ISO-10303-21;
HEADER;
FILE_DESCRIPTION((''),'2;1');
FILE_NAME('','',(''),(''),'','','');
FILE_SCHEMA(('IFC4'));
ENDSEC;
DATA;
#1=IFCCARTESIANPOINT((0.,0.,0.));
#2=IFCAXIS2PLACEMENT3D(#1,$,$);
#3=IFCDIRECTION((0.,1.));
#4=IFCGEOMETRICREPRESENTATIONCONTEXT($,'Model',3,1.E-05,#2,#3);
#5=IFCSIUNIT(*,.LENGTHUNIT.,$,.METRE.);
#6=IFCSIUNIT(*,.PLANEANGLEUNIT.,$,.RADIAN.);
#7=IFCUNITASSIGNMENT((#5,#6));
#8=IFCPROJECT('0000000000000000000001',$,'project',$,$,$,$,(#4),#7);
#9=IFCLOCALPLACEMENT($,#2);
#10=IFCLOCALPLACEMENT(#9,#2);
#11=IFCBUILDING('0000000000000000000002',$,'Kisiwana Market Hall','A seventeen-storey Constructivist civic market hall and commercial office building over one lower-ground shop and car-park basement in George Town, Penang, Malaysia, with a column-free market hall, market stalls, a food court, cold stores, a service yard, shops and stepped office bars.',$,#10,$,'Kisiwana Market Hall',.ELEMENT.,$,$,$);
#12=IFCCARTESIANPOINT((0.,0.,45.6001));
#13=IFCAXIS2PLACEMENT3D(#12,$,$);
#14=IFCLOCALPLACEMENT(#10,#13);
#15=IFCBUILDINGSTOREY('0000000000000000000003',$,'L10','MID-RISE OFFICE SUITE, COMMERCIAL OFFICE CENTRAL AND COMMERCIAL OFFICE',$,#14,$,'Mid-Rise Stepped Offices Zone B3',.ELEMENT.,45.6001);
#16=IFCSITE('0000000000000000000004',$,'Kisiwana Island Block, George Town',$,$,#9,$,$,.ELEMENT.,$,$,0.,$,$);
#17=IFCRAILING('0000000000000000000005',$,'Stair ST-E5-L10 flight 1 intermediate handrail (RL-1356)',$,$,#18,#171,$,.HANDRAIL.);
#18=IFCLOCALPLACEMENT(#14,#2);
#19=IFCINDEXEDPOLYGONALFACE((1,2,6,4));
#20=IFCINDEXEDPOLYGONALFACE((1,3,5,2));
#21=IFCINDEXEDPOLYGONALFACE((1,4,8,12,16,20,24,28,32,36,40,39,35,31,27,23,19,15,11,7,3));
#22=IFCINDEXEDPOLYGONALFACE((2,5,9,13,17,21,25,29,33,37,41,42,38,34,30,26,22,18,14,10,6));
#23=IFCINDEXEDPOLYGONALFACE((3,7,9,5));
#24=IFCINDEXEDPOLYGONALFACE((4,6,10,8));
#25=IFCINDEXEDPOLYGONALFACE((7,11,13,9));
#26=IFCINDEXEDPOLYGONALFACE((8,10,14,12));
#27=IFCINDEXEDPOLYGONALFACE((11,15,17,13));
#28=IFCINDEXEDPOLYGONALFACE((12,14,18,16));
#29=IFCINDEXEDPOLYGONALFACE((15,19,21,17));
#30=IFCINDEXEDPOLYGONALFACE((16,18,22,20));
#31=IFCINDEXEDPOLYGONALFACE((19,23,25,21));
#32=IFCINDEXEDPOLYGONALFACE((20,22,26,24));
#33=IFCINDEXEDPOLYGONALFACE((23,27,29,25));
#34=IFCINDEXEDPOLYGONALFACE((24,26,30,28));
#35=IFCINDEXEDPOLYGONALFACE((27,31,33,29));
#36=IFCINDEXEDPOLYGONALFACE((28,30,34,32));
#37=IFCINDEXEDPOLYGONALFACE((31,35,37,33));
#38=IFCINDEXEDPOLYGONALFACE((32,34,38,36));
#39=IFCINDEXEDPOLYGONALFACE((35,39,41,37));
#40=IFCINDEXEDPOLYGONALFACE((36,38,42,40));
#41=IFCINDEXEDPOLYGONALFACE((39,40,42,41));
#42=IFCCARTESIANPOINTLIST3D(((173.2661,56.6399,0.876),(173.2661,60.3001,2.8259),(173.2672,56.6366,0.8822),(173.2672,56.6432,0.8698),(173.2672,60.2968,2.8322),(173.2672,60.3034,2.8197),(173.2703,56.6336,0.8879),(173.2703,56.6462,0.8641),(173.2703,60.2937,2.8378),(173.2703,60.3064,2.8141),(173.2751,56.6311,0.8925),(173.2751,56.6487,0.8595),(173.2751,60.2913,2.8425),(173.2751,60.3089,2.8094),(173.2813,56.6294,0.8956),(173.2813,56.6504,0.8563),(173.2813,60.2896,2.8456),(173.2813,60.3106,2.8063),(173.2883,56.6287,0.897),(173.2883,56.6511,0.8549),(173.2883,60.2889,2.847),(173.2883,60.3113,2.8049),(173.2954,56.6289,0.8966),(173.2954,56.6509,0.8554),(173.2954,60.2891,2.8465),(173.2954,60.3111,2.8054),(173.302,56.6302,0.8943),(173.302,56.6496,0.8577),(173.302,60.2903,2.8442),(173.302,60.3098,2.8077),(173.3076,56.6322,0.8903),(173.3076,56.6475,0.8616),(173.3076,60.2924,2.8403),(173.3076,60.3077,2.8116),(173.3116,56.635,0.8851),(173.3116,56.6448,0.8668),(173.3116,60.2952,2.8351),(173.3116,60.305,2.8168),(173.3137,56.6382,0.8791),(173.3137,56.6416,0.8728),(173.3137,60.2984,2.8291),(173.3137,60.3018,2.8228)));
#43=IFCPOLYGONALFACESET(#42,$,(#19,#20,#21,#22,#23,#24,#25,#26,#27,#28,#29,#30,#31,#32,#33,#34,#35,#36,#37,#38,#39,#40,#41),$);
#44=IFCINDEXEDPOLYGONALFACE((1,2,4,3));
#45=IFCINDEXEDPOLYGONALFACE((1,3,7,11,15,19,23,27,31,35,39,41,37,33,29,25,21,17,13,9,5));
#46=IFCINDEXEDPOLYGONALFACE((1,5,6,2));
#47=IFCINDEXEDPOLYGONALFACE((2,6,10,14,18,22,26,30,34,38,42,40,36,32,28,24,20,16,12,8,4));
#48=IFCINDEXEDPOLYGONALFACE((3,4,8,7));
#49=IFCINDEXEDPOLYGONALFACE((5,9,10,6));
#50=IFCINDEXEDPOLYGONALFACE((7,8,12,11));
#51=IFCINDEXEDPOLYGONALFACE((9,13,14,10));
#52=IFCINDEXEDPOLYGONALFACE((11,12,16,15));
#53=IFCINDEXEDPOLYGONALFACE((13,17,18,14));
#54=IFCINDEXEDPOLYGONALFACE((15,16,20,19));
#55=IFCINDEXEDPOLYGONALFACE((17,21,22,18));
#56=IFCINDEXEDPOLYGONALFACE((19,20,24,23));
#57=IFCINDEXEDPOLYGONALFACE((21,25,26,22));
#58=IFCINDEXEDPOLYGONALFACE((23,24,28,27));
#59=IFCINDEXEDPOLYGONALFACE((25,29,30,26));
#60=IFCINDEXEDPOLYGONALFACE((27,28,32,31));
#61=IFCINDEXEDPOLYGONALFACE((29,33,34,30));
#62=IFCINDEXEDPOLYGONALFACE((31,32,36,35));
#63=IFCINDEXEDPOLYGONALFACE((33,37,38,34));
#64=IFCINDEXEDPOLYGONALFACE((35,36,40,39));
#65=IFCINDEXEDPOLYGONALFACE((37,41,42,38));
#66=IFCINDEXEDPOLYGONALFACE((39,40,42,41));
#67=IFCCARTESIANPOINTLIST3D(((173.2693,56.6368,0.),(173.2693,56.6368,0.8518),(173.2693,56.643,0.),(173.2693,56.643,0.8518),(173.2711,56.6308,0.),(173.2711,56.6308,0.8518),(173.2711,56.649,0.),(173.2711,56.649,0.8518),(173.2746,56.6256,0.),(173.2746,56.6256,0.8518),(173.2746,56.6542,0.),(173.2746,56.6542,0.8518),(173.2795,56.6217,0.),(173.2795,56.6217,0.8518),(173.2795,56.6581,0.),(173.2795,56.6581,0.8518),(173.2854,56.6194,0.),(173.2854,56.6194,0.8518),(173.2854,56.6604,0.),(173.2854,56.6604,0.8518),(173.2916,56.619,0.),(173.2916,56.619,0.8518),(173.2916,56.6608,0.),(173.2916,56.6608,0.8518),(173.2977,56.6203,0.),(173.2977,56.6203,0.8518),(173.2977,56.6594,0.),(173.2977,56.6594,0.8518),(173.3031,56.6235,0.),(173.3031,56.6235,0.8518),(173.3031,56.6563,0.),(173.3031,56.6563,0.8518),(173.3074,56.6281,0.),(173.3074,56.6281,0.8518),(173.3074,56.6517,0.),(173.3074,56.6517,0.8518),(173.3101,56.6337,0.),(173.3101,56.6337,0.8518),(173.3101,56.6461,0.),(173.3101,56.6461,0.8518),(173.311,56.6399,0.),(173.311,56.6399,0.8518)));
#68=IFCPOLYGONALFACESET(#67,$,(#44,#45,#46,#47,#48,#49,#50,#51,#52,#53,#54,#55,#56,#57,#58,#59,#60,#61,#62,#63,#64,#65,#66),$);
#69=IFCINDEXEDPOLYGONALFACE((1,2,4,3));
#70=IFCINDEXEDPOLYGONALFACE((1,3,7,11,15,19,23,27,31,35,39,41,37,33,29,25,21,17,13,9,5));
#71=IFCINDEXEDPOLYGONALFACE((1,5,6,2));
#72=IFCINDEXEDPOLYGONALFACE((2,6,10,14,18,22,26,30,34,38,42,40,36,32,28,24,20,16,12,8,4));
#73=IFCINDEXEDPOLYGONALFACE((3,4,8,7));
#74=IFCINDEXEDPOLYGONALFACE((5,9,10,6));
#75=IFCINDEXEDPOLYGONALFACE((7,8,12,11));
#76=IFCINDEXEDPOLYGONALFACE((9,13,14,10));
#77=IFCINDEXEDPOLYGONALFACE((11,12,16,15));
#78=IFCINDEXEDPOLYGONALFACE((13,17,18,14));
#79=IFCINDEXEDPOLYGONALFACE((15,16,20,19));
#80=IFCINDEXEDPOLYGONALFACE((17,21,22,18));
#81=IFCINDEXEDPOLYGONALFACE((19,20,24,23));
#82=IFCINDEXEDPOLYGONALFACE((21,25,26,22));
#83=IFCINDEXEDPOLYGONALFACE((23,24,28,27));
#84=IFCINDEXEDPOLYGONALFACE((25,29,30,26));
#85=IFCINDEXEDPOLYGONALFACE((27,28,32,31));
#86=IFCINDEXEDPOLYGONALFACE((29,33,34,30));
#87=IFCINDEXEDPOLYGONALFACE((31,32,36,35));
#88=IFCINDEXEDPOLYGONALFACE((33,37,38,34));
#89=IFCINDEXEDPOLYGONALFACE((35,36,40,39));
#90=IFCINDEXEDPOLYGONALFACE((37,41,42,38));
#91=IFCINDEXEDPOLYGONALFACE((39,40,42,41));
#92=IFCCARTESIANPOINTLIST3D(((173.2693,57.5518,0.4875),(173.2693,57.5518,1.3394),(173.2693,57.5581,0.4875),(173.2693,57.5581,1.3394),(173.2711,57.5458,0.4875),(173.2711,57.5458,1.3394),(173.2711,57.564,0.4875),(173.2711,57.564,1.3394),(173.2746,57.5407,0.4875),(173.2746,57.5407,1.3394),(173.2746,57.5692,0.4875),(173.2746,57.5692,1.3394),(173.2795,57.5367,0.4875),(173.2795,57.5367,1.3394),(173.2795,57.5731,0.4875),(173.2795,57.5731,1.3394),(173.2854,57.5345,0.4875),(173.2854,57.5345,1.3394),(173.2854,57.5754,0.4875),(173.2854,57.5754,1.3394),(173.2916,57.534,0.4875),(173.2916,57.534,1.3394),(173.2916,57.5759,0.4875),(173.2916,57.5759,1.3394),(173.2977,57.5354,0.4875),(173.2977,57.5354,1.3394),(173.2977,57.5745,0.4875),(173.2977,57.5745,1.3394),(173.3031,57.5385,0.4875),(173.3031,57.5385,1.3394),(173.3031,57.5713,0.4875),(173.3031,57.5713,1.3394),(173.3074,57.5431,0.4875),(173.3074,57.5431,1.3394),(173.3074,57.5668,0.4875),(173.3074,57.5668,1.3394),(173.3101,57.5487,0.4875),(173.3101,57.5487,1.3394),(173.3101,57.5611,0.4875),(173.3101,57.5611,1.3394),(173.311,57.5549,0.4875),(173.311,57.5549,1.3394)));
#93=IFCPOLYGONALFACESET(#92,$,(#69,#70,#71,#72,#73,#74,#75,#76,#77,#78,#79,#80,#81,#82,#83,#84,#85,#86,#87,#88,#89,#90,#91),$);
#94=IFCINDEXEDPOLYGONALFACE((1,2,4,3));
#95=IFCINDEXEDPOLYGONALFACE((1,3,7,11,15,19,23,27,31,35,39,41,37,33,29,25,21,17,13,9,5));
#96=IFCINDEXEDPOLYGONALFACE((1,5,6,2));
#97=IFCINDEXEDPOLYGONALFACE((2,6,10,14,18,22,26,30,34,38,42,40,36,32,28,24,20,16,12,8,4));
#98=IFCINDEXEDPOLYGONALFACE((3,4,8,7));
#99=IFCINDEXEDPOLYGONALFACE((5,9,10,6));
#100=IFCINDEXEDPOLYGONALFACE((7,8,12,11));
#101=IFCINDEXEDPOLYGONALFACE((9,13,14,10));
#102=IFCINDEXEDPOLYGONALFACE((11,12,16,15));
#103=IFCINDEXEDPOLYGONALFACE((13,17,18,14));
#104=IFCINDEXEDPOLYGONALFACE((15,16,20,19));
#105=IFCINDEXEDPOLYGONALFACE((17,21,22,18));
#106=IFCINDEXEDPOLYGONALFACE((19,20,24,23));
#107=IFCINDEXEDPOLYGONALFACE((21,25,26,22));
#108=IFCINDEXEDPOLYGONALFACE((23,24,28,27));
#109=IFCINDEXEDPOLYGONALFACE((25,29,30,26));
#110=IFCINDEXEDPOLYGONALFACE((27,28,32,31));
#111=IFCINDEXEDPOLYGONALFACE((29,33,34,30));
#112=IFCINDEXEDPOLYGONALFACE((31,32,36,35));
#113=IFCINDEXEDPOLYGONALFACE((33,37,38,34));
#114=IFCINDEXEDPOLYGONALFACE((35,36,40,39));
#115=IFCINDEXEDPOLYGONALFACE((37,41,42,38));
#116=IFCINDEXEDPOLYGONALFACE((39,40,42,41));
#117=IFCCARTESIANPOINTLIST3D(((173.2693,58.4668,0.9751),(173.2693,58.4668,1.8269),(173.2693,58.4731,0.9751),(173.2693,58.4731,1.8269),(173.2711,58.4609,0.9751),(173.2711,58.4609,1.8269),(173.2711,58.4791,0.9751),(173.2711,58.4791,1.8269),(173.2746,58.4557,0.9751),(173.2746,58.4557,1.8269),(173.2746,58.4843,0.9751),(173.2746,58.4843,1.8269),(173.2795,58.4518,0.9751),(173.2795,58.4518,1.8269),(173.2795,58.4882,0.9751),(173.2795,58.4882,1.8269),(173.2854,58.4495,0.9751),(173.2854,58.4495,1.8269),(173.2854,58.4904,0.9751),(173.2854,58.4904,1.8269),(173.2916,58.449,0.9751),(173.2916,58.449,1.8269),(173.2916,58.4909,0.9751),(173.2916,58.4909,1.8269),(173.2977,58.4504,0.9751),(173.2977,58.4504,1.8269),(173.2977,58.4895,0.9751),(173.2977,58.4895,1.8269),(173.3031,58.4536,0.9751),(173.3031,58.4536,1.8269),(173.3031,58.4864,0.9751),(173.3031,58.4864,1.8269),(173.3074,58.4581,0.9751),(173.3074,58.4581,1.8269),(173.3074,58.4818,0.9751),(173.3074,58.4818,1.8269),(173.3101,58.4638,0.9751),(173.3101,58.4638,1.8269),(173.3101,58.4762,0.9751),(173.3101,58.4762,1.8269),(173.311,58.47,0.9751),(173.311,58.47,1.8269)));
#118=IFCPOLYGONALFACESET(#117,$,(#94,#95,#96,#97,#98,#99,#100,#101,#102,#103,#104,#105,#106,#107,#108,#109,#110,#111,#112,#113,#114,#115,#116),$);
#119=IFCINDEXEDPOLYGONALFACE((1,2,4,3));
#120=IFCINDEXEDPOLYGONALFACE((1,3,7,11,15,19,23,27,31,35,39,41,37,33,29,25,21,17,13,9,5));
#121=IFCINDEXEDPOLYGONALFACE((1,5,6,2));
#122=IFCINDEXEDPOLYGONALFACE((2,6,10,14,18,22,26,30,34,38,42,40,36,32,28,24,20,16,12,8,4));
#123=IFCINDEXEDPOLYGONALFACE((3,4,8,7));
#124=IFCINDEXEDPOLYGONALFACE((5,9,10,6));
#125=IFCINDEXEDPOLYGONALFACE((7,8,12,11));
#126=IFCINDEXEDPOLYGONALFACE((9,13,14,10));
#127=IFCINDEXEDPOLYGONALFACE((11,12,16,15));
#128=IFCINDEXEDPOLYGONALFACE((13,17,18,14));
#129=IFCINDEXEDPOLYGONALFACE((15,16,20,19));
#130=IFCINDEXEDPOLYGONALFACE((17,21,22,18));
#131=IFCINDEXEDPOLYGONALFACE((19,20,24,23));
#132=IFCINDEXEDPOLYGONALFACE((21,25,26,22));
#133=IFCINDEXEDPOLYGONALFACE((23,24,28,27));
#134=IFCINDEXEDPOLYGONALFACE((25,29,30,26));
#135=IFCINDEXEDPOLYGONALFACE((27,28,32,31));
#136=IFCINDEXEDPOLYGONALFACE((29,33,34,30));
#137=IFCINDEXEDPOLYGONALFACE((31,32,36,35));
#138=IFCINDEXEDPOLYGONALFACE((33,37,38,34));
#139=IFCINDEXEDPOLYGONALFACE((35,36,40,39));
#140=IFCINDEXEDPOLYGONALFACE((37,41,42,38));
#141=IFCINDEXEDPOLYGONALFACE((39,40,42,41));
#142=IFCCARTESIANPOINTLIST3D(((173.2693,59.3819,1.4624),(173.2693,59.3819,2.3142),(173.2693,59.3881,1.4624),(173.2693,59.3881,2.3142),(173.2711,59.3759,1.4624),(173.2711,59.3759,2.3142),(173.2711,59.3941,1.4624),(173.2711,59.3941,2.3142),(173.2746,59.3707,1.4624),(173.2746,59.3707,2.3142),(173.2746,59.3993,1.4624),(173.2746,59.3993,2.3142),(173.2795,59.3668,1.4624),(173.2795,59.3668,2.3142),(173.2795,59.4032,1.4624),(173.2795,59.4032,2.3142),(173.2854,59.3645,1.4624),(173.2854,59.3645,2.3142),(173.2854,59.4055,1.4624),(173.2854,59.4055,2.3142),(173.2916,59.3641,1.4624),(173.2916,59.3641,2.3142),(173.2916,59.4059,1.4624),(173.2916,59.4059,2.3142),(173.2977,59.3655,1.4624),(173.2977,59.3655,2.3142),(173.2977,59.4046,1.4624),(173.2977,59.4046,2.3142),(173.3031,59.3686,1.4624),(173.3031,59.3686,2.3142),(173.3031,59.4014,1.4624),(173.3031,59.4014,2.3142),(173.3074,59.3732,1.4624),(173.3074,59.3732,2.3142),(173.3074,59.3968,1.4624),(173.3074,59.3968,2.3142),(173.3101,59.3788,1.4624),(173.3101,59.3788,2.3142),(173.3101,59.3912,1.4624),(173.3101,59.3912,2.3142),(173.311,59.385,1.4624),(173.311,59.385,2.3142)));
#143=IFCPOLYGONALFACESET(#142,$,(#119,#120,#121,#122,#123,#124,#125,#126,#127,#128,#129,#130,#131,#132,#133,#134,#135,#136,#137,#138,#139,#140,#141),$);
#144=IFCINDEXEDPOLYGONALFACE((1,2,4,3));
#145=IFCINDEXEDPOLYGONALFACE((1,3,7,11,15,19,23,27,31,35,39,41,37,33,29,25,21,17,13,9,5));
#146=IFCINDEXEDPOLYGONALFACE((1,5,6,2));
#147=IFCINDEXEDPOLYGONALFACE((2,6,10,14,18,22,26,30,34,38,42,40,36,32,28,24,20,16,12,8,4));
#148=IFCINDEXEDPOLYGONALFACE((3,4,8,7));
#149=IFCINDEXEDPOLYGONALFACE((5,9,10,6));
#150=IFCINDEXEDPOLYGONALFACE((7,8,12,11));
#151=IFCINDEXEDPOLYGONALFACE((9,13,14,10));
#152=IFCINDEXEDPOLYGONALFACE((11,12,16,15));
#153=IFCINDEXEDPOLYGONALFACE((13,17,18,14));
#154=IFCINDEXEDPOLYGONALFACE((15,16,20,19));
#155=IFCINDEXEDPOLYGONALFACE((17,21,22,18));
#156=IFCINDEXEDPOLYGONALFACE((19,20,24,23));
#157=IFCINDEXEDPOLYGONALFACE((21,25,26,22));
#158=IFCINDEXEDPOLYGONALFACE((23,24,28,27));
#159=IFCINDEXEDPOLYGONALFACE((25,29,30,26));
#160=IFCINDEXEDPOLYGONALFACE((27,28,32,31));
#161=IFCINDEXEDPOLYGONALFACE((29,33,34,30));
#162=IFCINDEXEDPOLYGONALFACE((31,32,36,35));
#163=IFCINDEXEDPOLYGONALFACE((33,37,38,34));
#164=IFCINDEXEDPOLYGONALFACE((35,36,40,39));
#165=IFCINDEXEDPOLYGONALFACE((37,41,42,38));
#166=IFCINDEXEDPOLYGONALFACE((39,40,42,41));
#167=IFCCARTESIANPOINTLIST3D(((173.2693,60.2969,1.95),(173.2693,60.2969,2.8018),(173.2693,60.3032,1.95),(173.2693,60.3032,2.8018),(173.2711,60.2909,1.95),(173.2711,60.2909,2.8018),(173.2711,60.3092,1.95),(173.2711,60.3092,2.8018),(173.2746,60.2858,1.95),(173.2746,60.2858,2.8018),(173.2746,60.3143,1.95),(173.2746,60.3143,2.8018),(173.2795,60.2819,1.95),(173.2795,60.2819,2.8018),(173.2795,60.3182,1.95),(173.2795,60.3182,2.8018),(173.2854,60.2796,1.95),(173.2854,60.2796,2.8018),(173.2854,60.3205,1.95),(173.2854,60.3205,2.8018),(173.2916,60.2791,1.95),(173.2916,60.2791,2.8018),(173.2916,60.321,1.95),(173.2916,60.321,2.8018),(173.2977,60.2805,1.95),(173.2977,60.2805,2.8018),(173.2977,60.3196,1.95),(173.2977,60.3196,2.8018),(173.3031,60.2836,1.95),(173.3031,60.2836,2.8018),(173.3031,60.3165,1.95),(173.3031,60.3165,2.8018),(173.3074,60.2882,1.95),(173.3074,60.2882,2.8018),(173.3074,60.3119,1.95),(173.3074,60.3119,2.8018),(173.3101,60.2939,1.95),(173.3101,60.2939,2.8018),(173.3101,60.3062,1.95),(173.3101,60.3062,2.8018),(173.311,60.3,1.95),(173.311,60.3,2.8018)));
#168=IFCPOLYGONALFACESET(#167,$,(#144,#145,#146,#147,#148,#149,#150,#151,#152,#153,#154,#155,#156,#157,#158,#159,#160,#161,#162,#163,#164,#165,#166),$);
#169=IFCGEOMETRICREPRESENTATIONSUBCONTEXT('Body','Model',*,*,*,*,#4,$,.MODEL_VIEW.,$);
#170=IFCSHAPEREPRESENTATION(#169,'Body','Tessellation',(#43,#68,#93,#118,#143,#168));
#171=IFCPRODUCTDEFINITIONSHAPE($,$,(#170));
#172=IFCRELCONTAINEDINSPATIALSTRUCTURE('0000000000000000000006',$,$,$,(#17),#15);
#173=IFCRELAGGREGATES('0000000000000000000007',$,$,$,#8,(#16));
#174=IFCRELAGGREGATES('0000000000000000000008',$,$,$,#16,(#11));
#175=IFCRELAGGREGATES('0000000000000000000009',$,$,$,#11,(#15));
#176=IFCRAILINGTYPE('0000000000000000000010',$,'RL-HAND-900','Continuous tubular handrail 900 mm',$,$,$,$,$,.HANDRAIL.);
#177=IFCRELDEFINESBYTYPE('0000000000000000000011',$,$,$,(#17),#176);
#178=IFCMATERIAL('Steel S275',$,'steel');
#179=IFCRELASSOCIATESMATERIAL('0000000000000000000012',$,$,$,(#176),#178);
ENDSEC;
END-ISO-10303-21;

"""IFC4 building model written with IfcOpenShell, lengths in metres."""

from ifc_helpers import new_model, si_unit, direction, frame, origin, origin_2d, place, context, subcontext, project, spatial, circle, extrude, material, type_object, element, save


model = new_model("IFC4")

# Units and contexts
model_context = context("Model", 3, precision=1e-05, world=origin(), true_north=direction((0.0, 1.0)))
body_context = subcontext(model_context, "Body", "Model", "MODEL_VIEW")
ifc_project = project(units=[si_unit("LENGTHUNIT", "METRE"), si_unit("PLANEANGLEUNIT", "RADIAN")], contexts=[model_context])

# Site, building, storey
site_placement = place(None, origin())
site = spatial("IfcSite", under=ifc_project, at=site_placement, Name="Kisiwana Island Block, George Town", CompositionType="ELEMENT", RefElevation=0.0)
building_placement = place(site_placement, origin())
building = spatial("IfcBuilding", under=site, at=building_placement, Name="Kisiwana Market Hall", Description="A seventeen-storey Constructivist civic market hall and commercial office building over one lower-ground shop and car-park basement in George Town, Penang, Malaysia, with a column-free market hall, market stalls, a food court, cold stores, a service yard, shops and stepped office bars.", LongName="Kisiwana Market Hall", CompositionType="ELEMENT")
storey_placement = place(building_placement, frame((0.0, 0.0, 45.6001)))
storey = spatial("IfcBuildingStorey", under=building, at=storey_placement, Name="L10", Description="MID-RISE OFFICE SUITE, COMMERCIAL OFFICE CENTRAL AND COMMERCIAL OFFICE", LongName="Mid-Rise Stepped Offices Zone B3", CompositionType="ELEMENT", Elevation=45.6001)

# Railing
ifc_material_1 = material(Name="Steel S275", Category="steel")
railing_type_1 = type_object("IfcRailingType", Name="RL-HAND-900", Description="Continuous tubular handrail 900 mm", PredefinedType="HANDRAIL", material=ifc_material_1)
railing_1_placement = place(storey_placement, frame((173.29, 56.6399, 0.0)))
element("IfcRailing", 1, at=railing_1_placement, inside=storey, type_object=railing_type_1, Name="Stair ST-E5-L10 flight 1 intermediate handrail (RL-1356)", PredefinedType="HANDRAIL", context=body_context, shape_type="SweptSolid", body=[
    extrude(circle(Radius=0.0239, at=origin_2d()), frame((0.0, 0.0, 0.876), z_axis=(0.0, 0.882566, 0.470188), x_axis=(-1.0, 0.0, 0.0)), (0.0, 0.0, 1.0), 4.1472),
    extrude(circle(Radius=0.021, at=origin_2d()), origin(), (0.0, 0.0, 1.0), 0.8518),
    extrude(circle(Radius=0.021, at=origin_2d()), frame((0.0, 0.915, 0.4875)), (0.0, 0.0, 1.0), 0.8518),
    extrude(circle(Radius=0.021, at=origin_2d()), frame((0.0, 1.8301, 0.9751)), (0.0, 0.0, 1.0), 0.8518),
    extrude(circle(Radius=0.021, at=origin_2d()), frame((0.0, 2.7451, 1.4624)), (0.0, 0.0, 1.0), 0.8518),
    extrude(circle(Radius=0.021, at=origin_2d()), frame((0.0, 3.6602, 1.95)), (0.0, 0.0, 1.0), 0.8518),
])

save(model, "model.ifc")
